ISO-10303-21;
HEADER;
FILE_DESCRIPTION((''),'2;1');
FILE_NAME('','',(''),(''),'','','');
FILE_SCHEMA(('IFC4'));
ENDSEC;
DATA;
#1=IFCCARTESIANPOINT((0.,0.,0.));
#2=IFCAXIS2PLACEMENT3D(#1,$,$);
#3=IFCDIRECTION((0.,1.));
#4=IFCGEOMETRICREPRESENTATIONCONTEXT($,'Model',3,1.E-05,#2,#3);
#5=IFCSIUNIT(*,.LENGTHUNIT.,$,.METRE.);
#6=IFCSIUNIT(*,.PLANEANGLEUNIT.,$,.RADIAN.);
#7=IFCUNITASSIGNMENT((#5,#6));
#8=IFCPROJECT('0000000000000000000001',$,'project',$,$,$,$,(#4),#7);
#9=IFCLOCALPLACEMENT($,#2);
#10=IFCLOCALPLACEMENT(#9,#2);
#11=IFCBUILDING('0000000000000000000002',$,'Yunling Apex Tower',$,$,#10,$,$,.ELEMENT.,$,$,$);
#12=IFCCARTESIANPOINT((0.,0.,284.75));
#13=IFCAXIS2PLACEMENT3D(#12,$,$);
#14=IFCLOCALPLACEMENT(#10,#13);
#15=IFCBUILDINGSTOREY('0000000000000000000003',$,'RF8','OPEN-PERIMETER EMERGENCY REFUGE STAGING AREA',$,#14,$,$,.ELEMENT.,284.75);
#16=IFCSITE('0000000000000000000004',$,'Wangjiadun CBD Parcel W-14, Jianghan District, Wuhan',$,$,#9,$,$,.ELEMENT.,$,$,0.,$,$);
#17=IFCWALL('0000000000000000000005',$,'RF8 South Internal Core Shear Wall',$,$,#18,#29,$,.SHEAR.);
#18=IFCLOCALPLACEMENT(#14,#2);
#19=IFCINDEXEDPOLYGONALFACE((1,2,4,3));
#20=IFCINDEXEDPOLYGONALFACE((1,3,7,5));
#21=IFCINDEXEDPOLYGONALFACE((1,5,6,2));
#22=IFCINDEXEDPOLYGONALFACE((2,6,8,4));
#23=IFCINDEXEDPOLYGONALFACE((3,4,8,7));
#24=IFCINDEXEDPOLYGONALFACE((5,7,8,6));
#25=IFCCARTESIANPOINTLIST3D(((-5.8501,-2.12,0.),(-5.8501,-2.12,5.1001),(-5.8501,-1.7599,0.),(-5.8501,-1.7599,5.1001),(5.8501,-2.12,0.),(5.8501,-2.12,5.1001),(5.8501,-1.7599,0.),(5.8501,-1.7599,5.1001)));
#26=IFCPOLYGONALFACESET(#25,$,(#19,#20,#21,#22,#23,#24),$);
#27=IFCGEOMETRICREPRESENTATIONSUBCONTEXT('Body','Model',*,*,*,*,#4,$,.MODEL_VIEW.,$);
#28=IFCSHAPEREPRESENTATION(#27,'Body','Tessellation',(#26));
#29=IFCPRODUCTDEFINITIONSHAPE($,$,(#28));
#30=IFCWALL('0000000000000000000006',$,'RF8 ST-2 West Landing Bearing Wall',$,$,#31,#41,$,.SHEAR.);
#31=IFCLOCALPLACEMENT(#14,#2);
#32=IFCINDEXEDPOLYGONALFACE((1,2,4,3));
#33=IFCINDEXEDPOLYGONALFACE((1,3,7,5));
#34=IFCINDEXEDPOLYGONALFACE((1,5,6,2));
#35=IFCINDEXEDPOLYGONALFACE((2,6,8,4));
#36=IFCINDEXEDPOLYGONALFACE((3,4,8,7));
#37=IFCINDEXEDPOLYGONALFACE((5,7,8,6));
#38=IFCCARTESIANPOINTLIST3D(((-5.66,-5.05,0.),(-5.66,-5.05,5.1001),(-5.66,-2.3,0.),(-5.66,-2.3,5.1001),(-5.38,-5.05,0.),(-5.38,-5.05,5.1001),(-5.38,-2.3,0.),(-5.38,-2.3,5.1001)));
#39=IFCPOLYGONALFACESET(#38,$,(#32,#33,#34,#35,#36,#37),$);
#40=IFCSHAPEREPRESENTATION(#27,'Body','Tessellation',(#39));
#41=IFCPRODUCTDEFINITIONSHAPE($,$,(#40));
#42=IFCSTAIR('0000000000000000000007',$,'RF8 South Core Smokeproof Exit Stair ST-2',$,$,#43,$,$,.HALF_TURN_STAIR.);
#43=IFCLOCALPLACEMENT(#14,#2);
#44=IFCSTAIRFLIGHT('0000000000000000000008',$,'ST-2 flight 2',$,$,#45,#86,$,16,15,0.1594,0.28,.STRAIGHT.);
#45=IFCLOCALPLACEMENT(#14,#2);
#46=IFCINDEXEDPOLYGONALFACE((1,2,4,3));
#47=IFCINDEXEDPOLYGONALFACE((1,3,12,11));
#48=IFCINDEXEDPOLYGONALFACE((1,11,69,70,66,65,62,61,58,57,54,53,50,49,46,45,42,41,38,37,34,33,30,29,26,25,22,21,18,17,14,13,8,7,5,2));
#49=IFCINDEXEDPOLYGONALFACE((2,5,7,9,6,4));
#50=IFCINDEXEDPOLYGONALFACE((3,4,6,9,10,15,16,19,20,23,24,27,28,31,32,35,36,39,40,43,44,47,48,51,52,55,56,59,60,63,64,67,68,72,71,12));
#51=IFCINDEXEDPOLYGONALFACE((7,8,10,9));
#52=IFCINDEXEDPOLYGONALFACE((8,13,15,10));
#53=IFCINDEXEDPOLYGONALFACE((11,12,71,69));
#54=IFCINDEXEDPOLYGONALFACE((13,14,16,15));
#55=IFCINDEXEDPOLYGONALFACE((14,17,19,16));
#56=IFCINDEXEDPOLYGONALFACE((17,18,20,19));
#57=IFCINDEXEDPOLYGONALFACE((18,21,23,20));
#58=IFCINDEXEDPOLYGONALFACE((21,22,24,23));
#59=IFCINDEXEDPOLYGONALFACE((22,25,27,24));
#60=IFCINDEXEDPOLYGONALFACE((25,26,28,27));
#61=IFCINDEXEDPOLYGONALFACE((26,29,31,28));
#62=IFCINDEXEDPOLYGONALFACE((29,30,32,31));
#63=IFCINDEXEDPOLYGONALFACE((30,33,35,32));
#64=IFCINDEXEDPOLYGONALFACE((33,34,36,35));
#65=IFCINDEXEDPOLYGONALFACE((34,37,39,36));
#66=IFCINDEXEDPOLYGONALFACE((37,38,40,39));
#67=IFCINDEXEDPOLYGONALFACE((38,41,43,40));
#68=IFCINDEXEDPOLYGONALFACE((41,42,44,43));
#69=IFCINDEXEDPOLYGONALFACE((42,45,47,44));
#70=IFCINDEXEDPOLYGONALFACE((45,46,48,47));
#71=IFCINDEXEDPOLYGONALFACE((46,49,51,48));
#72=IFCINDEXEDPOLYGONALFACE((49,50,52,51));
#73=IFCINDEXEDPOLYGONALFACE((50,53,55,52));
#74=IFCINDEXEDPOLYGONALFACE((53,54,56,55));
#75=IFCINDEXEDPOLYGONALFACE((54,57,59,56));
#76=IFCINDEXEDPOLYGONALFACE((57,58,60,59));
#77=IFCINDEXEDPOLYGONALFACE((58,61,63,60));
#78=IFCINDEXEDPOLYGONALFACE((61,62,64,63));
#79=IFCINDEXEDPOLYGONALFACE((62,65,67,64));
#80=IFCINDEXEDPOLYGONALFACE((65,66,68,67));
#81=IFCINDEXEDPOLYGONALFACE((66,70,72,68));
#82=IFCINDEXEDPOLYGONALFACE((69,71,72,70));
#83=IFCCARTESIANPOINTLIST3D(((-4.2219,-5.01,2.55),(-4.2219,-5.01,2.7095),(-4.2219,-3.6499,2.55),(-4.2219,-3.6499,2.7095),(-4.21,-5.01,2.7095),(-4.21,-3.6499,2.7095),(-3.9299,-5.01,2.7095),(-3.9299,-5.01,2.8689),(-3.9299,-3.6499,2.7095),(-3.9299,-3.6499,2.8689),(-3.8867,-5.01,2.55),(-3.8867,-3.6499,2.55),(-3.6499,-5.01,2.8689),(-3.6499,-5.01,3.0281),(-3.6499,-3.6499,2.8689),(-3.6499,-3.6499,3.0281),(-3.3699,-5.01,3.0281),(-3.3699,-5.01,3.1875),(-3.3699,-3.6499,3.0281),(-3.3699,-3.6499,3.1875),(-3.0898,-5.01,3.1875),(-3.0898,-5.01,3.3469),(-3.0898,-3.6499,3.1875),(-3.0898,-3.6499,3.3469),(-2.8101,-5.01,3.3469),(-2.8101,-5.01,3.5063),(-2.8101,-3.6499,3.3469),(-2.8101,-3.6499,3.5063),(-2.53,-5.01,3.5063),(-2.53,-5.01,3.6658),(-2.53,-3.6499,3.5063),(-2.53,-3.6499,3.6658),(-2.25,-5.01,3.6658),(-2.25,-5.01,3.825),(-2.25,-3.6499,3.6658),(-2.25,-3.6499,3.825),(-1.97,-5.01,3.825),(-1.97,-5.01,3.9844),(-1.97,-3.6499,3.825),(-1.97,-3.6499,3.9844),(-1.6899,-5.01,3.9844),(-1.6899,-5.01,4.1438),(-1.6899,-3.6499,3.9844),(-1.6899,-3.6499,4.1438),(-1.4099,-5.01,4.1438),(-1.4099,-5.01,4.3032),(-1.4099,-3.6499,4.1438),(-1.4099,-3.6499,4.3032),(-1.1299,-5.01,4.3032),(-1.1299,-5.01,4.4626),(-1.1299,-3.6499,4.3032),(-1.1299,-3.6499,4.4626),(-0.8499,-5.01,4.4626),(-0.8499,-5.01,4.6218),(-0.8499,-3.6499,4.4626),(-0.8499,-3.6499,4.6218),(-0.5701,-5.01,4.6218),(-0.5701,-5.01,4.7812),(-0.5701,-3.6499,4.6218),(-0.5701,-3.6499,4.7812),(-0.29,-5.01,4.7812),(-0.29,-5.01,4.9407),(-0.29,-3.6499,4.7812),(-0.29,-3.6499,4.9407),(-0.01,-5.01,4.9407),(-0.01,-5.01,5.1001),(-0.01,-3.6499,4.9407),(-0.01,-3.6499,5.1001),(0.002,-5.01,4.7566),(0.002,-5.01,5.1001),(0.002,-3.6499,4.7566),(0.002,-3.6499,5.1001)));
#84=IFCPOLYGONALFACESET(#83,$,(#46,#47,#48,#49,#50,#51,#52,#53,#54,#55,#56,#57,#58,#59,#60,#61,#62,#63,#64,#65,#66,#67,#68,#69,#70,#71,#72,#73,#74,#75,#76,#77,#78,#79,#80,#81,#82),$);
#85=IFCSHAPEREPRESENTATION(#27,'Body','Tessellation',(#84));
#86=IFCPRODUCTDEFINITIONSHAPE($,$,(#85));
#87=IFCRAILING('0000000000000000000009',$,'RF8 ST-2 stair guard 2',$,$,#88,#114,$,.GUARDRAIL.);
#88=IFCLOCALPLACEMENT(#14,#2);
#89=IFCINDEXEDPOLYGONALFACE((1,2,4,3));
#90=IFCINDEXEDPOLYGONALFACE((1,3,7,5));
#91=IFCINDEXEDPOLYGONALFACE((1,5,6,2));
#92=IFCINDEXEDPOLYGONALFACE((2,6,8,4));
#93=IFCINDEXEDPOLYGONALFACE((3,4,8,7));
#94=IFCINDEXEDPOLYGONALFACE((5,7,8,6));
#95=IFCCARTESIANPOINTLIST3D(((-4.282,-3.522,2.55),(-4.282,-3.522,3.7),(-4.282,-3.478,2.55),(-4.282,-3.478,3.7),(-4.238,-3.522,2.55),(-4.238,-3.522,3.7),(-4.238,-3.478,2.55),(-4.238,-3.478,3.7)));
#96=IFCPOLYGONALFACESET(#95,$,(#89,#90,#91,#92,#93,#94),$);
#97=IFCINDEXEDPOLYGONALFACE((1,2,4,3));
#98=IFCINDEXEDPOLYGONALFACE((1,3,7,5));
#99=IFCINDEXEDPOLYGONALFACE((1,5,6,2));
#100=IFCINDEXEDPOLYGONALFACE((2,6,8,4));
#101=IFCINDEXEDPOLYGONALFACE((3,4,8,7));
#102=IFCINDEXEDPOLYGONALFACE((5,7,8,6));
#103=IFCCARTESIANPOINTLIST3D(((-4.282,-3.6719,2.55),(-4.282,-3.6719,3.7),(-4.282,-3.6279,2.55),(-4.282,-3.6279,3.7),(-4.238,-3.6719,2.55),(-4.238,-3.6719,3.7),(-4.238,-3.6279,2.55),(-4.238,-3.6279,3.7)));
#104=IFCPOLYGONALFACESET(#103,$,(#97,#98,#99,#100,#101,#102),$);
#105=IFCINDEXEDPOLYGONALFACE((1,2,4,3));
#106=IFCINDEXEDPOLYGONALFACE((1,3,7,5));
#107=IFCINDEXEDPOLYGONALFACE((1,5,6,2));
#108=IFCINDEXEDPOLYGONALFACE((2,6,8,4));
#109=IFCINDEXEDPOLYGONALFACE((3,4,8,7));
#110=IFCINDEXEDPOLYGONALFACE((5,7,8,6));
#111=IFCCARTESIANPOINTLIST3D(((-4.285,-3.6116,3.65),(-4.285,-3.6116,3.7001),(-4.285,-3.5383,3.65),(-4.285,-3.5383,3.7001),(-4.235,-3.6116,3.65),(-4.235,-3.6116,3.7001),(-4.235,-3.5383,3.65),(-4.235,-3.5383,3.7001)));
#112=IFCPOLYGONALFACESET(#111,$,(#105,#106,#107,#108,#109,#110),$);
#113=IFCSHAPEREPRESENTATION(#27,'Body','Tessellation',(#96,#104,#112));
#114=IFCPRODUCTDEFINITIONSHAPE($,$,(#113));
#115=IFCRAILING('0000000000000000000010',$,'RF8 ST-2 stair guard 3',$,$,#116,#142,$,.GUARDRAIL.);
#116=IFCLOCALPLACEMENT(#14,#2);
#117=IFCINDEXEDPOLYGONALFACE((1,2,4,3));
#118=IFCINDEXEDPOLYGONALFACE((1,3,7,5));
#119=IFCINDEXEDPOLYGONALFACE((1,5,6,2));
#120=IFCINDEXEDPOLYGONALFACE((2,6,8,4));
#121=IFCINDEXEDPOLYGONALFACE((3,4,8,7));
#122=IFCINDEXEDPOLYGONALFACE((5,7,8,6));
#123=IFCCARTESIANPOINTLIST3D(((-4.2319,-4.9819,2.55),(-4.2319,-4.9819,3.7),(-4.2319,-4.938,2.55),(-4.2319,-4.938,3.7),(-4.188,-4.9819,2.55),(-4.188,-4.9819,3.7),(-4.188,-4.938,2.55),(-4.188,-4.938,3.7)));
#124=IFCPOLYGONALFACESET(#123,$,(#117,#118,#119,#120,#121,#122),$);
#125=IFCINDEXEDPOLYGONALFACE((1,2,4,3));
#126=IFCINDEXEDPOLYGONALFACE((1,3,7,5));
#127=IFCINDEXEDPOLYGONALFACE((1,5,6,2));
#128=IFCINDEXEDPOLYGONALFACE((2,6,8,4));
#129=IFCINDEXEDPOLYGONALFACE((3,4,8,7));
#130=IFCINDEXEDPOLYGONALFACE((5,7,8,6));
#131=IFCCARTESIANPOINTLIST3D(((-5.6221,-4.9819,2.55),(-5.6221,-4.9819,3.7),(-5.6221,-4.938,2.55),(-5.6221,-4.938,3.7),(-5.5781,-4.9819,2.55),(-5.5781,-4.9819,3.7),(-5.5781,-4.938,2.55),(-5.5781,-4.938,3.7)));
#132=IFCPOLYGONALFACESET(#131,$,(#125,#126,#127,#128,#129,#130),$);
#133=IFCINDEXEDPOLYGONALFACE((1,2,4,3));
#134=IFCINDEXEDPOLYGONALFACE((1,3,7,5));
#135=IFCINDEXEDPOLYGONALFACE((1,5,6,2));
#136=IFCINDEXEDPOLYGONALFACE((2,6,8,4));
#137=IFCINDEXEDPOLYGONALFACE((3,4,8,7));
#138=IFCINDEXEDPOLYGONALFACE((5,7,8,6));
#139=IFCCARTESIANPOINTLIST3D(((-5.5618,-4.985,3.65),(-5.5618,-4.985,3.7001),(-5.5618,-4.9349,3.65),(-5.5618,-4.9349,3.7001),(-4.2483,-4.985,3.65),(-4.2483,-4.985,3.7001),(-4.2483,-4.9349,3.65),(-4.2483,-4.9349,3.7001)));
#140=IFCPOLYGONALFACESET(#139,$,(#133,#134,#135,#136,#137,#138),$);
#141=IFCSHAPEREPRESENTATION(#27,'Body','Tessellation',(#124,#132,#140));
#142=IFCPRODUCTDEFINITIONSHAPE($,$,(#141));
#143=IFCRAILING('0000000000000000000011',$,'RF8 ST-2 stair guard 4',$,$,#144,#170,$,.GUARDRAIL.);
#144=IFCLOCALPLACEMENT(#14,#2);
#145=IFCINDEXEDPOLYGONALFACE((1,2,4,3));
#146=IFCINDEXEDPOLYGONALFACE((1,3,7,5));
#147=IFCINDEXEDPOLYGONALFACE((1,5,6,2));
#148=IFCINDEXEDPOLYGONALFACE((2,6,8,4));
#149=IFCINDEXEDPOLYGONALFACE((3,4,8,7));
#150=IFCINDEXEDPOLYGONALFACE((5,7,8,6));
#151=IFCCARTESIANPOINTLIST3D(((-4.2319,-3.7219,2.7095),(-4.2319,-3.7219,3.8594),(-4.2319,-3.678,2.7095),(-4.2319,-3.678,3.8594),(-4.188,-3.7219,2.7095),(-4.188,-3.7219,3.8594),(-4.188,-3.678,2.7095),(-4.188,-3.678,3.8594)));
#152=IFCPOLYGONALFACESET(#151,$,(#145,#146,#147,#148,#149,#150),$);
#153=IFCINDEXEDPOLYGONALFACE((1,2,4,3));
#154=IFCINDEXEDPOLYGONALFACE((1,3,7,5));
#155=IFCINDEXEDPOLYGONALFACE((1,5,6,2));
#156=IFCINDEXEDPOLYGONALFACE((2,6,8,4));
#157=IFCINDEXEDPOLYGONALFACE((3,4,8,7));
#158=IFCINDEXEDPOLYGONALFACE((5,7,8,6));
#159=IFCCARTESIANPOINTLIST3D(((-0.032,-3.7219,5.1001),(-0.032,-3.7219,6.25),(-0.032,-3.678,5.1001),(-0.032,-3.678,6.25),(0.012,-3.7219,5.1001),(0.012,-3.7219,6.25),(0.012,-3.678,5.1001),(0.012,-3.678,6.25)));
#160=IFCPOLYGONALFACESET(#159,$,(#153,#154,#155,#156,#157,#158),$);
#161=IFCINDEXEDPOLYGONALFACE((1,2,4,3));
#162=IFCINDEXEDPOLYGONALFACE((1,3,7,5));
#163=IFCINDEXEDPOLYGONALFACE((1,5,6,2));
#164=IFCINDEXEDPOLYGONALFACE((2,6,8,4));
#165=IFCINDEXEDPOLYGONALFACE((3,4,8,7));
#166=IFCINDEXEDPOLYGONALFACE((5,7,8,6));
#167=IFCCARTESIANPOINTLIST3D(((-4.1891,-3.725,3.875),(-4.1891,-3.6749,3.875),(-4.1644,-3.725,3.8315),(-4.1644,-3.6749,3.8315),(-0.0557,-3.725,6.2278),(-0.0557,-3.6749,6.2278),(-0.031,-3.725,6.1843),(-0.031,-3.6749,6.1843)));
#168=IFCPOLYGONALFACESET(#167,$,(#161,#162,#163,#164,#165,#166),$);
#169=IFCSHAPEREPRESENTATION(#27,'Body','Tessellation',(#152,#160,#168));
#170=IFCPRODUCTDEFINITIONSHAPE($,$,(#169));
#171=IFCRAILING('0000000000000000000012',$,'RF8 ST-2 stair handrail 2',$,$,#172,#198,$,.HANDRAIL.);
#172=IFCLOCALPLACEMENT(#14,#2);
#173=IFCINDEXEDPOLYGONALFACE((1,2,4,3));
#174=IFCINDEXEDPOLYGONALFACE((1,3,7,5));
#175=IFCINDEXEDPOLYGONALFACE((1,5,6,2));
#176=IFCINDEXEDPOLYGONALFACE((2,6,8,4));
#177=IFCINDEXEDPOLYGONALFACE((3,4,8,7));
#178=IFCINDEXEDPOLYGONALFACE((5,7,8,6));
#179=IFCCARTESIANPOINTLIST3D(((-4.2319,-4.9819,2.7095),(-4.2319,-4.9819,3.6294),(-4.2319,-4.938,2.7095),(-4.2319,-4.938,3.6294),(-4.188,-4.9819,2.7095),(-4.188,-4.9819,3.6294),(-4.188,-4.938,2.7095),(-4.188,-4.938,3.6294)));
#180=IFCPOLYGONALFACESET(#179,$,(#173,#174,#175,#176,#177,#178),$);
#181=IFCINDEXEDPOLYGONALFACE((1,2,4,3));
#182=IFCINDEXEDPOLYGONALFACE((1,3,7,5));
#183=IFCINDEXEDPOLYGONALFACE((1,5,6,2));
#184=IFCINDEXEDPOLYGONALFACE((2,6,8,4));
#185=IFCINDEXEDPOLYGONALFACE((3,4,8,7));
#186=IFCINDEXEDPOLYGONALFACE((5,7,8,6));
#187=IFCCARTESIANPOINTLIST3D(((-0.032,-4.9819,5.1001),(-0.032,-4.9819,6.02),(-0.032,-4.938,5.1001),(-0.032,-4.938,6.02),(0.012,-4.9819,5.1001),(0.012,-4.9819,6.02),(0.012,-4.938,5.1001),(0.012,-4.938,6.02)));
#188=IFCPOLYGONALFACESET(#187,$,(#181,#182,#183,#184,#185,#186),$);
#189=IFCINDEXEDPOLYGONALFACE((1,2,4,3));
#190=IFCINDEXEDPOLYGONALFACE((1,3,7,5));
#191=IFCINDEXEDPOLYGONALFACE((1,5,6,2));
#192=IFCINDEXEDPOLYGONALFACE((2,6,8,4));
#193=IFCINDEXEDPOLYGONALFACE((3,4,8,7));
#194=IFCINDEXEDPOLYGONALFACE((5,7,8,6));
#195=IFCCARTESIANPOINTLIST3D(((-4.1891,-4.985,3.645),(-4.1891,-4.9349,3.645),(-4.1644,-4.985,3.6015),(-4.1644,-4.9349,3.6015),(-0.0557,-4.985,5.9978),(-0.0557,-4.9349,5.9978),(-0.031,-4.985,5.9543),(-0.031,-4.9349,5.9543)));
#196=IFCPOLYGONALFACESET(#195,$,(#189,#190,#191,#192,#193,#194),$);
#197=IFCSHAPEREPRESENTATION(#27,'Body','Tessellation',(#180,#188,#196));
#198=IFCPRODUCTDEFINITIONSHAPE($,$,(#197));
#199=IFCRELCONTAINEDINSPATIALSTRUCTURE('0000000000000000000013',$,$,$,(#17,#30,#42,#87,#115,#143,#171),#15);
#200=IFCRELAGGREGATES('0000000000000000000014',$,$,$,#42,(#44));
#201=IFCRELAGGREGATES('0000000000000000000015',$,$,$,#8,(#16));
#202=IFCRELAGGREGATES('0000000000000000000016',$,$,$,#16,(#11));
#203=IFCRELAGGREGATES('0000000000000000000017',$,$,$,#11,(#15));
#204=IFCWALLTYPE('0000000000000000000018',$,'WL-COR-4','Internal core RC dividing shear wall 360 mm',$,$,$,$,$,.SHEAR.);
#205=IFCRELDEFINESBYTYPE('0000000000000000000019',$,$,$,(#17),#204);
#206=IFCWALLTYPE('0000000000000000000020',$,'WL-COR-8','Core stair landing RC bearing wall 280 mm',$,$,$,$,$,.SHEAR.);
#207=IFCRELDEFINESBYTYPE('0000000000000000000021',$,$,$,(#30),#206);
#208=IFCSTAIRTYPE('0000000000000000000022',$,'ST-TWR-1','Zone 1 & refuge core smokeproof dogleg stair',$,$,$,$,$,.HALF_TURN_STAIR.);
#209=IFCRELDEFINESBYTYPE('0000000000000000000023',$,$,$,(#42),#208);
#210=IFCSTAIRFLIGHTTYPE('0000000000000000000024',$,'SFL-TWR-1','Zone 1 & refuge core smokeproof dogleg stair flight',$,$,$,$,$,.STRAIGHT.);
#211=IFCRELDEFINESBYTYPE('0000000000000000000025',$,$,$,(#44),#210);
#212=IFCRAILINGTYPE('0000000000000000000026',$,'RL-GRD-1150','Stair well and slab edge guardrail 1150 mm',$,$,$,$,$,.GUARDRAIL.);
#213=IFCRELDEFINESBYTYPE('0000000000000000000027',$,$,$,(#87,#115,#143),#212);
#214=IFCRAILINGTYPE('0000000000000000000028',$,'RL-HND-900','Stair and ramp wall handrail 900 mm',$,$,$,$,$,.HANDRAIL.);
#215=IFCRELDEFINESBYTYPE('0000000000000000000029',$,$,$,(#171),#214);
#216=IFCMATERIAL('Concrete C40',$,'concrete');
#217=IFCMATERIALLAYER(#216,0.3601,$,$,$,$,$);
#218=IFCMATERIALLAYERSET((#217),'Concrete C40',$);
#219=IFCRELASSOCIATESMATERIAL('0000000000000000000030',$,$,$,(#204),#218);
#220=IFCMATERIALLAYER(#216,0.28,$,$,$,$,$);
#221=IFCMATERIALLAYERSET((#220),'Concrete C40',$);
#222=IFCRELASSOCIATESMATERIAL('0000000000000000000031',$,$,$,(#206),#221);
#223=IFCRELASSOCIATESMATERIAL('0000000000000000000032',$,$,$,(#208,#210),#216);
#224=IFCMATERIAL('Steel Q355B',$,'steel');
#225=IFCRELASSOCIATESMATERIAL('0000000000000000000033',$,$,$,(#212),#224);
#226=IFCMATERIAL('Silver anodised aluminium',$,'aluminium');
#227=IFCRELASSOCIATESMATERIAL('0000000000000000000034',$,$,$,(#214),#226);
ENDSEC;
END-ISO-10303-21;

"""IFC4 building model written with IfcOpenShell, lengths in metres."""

from ifc_helpers import new_model, si_unit, direction, frame, frame_2d, origin, origin_2d, place, context, subcontext, project, spatial, polyline, rectangle, outline, extrude, material, layer, layer_set, type_object, element, aggregate, save


model = new_model("IFC4")

# Units and contexts
model_context = context("Model", 3, precision=1e-05, world=origin(), true_north=direction((0.0, 1.0)))
body_context = subcontext(model_context, "Body", "Model", "MODEL_VIEW")
ifc_project = project(units=[si_unit("LENGTHUNIT", "METRE"), si_unit("PLANEANGLEUNIT", "RADIAN")], contexts=[model_context])

# Site, building, storey
site_placement = place(None, origin())
site = spatial("IfcSite", under=ifc_project, at=site_placement, Name="Wangjiadun CBD Parcel W-14, Jianghan District, Wuhan", CompositionType="ELEMENT", RefElevation=0.0)
building_placement = place(site_placement, origin())
building = spatial("IfcBuilding", under=site, at=building_placement, Name="Yunling Apex Tower", CompositionType="ELEMENT")
storey_placement = place(building_placement, frame((0.0, 0.0, 284.75)))
storey = spatial("IfcBuildingStorey", under=building, at=storey_placement, Name="RF8", Description="OPEN-PERIMETER EMERGENCY REFUGE STAGING AREA", CompositionType="ELEMENT", Elevation=284.75)

# Shared definitions
ifc_material_1 = material(Name="Steel Q355B", Category="steel")

# Shared definitions
ifc_material_2 = material(Name="Concrete C40", Category="concrete")

# Walls
ifc_layer_1 = layer(ifc_material_2, 0.3601)
ifc_layer_set_1 = layer_set([ifc_layer_1], Name="Concrete C40")
wall_type_1 = type_object("IfcWallType", Name="WL-COR-4", Description="Internal core RC dividing shear wall 360 mm", PredefinedType="SHEAR", material=ifc_layer_set_1)
wall_1_placement = place(storey_placement, frame((-5.8501, -1.9399, 0.0), z_axis=(0.0, 0.0, 1.0), x_axis=(1.0, 0.0, 0.0)))
element("IfcWall", 1, at=wall_1_placement, inside=storey, type_object=wall_type_1, Name="RF8 South Internal Core Shear Wall", PredefinedType="SHEAR", context=body_context, shape_type="SweptSolid", body=[
    extrude(rectangle(XDim=11.7002, YDim=0.3601, at=frame_2d((5.8501, 0.0))), origin(), (0.0, 0.0, 1.0), 5.1001),
])
ifc_layer_2 = layer(ifc_material_2, 0.28)
ifc_layer_set_2 = layer_set([ifc_layer_2], Name="Concrete C40")
wall_type_2 = type_object("IfcWallType", Name="WL-COR-8", Description="Core stair landing RC bearing wall 280 mm", PredefinedType="SHEAR", material=ifc_layer_set_2)
wall_2_placement = place(storey_placement, frame((-5.52, -5.05, 0.0), z_axis=(0.0, 0.0, 1.0), x_axis=(0.0, 1.0, 0.0)))
element("IfcWall", 2, at=wall_2_placement, inside=storey, type_object=wall_type_2, Name="RF8 ST-2 West Landing Bearing Wall", PredefinedType="SHEAR", context=body_context, shape_type="SweptSolid", body=[
    extrude(rectangle(XDim=2.75, YDim=0.28, at=frame_2d((1.375, 0.0))), origin(), (0.0, 0.0, 1.0), 5.1001),
])

# Stair, stair flight
stair_type = type_object("IfcStairType", Name="ST-TWR-1", Description="Zone 1 & refuge core smokeproof dogleg stair", PredefinedType="HALF_TURN_STAIR", material=ifc_material_2)
stair_placement = place(storey_placement, origin())
stair = element("IfcStair", 3, at=stair_placement, inside=storey, type_object=stair_type, Name="RF8 South Core Smokeproof Exit Stair ST-2", PredefinedType="HALF_TURN_STAIR")
stair_flight_type = type_object("IfcStairFlightType", Name="SFL-TWR-1", Description="Zone 1 & refuge core smokeproof dogleg stair flight", PredefinedType="STRAIGHT", material=ifc_material_2)
stair_flight_placement = place(storey_placement, frame((-4.21, -4.3301, 2.55), z_axis=(0.0, 0.0, 1.0), x_axis=(1.0, 0.0, 0.0)))
stair_flight = element("IfcStairFlight", 4, at=stair_flight_placement, type_object=stair_flight_type, Name="ST-2 flight 2", NumberOfRisers=16, NumberOfTreads=15, PredefinedType="STRAIGHT", RiserHeight=0.1594, TreadLength=0.28, context=body_context, shape_type="SweptSolid", body=[
    extrude(outline(polyline([(-0.012, 0.0), (-0.012, 0.1594), (0.0, 0.1594), (0.28, 0.1594), (0.28, 0.3188), (0.5601, 0.3188), (0.5601, 0.478), (0.8401, 0.478), (0.8401, 0.6375), (1.1201, 0.6375), (1.1201, 0.7969), (1.3999, 0.7969), (1.3999, 0.9563), (1.6799, 0.9563), (1.6799, 1.1157), (1.96, 1.1157), (1.96, 1.2749), (2.24, 1.2749), (2.24, 1.4343), (2.52, 1.4343), (2.52, 1.5938), (2.8, 1.5938), (2.8, 1.7532), (3.0801, 1.7532), (3.0801, 1.9126), (3.3601, 1.9126), (3.3601, 2.0718), (3.6399, 2.0718), (3.6399, 2.2312), (3.9199, 2.2312), (3.9199, 2.3906), (4.2, 2.3906), (4.2, 2.55), (4.2119, 2.55), (4.2119, 2.2065), (0.3232, 0.0), (-0.012, 0.0)])), frame((0.0, 0.6802, 0.0), z_axis=(0.0, -1.0, 0.0), x_axis=(1.0, 0.0, 0.0)), (0.0, 0.0, 1.0), 1.3601),
])
aggregate(stair, [stair_flight])

# Railings
railing_type_1 = type_object("IfcRailingType", Name="RL-GRD-1150", Description="Stair well and slab edge guardrail 1150 mm", PredefinedType="GUARDRAIL", material=ifc_material_1)
railing_1_placement = place(storey_placement, frame((-4.26, -3.5, 2.55)))
element("IfcRailing", 5, at=railing_1_placement, inside=storey, type_object=railing_type_1, Name="RF8 ST-2 stair guard 2", PredefinedType="GUARDRAIL", context=body_context, shape_type="SweptSolid", body=[
    extrude(rectangle(XDim=0.0439, YDim=0.0439, at=origin_2d()), origin(), (0.0, 0.0, 1.0), 1.1499),
    extrude(rectangle(XDim=0.0439, YDim=0.0439, at=origin_2d()), frame((0.0, -0.1499, 0.0)), (0.0, 0.0, 1.0), 1.1499),
    extrude(rectangle(XDim=0.05, YDim=0.05, at=origin_2d()), frame((0.0, -0.0383, 1.125), z_axis=(0.0, -1.0, 0.0), x_axis=(1.0, 0.0, 0.0)), (0.0, 0.0, 1.0), 0.0732),
])
railing_2_placement = place(storey_placement, frame((-4.21, -4.96, 2.55)))
element("IfcRailing", 6, at=railing_2_placement, inside=storey, type_object=railing_type_1, Name="RF8 ST-2 stair guard 3", PredefinedType="GUARDRAIL", context=body_context, shape_type="SweptSolid", body=[
    extrude(rectangle(XDim=0.0439, YDim=0.0439, at=origin_2d()), origin(), (0.0, 0.0, 1.0), 1.1499),
    extrude(rectangle(XDim=0.0439, YDim=0.0439, at=origin_2d()), frame((-1.3901, 0.0, 0.0)), (0.0, 0.0, 1.0), 1.1499),
    extrude(rectangle(XDim=0.05, YDim=0.05, at=origin_2d()), frame((-0.0383, 0.0, 1.125), z_axis=(-1.0, 0.0, 0.0), x_axis=(0.0, -1.0, 0.0)), (0.0, 0.0, 1.0), 1.3135),
])
railing_3_placement = place(storey_placement, frame((-4.21, -3.7, 2.7095)))
element("IfcRailing", 7, at=railing_3_placement, inside=storey, type_object=railing_type_1, Name="RF8 ST-2 stair guard 4", PredefinedType="GUARDRAIL", context=body_context, shape_type="SweptSolid", body=[
    extrude(rectangle(XDim=0.0439, YDim=0.0439, at=origin_2d()), origin(), (0.0, 0.0, 1.0), 1.1499),
    extrude(rectangle(XDim=0.0439, YDim=0.0439, at=origin_2d()), frame((4.2, 0.0, 2.3906)), (0.0, 0.0, 1.0), 1.1499),
    extrude(rectangle(XDim=0.05, YDim=0.05, at=origin_2d()), frame((0.0332, 0.0, 1.1438), z_axis=(0.869075, 0.0, 0.49468), x_axis=(0.0, 1.0, 0.0)), (0.0, 0.0, 1.0), 4.7561),
])
ifc_material_3 = material(Name="Silver anodised aluminium", Category="aluminium")
railing_type_2 = type_object("IfcRailingType", Name="RL-HND-900", Description="Stair and ramp wall handrail 900 mm", PredefinedType="HANDRAIL", material=ifc_material_3)
railing_4_placement = place(storey_placement, frame((-4.21, -4.96, 2.7095)))
element("IfcRailing", 8, at=railing_4_placement, inside=storey, type_object=railing_type_2, Name="RF8 ST-2 stair handrail 2", PredefinedType="HANDRAIL", context=body_context, shape_type="SweptSolid", body=[
    extrude(rectangle(XDim=0.0439, YDim=0.0439, at=origin_2d()), origin(), (0.0, 0.0, 1.0), 0.9199),
    extrude(rectangle(XDim=0.0439, YDim=0.0439, at=origin_2d()), frame((4.2, 0.0, 2.3906)), (0.0, 0.0, 1.0), 0.9199),
    extrude(rectangle(XDim=0.05, YDim=0.05, at=origin_2d()), frame((0.0332, 0.0, 0.9138), z_axis=(0.869075, 0.0, 0.49468), x_axis=(0.0, 1.0, 0.0)), (0.0, 0.0, 1.0), 4.7561),
])

save(model, "model.ifc")
